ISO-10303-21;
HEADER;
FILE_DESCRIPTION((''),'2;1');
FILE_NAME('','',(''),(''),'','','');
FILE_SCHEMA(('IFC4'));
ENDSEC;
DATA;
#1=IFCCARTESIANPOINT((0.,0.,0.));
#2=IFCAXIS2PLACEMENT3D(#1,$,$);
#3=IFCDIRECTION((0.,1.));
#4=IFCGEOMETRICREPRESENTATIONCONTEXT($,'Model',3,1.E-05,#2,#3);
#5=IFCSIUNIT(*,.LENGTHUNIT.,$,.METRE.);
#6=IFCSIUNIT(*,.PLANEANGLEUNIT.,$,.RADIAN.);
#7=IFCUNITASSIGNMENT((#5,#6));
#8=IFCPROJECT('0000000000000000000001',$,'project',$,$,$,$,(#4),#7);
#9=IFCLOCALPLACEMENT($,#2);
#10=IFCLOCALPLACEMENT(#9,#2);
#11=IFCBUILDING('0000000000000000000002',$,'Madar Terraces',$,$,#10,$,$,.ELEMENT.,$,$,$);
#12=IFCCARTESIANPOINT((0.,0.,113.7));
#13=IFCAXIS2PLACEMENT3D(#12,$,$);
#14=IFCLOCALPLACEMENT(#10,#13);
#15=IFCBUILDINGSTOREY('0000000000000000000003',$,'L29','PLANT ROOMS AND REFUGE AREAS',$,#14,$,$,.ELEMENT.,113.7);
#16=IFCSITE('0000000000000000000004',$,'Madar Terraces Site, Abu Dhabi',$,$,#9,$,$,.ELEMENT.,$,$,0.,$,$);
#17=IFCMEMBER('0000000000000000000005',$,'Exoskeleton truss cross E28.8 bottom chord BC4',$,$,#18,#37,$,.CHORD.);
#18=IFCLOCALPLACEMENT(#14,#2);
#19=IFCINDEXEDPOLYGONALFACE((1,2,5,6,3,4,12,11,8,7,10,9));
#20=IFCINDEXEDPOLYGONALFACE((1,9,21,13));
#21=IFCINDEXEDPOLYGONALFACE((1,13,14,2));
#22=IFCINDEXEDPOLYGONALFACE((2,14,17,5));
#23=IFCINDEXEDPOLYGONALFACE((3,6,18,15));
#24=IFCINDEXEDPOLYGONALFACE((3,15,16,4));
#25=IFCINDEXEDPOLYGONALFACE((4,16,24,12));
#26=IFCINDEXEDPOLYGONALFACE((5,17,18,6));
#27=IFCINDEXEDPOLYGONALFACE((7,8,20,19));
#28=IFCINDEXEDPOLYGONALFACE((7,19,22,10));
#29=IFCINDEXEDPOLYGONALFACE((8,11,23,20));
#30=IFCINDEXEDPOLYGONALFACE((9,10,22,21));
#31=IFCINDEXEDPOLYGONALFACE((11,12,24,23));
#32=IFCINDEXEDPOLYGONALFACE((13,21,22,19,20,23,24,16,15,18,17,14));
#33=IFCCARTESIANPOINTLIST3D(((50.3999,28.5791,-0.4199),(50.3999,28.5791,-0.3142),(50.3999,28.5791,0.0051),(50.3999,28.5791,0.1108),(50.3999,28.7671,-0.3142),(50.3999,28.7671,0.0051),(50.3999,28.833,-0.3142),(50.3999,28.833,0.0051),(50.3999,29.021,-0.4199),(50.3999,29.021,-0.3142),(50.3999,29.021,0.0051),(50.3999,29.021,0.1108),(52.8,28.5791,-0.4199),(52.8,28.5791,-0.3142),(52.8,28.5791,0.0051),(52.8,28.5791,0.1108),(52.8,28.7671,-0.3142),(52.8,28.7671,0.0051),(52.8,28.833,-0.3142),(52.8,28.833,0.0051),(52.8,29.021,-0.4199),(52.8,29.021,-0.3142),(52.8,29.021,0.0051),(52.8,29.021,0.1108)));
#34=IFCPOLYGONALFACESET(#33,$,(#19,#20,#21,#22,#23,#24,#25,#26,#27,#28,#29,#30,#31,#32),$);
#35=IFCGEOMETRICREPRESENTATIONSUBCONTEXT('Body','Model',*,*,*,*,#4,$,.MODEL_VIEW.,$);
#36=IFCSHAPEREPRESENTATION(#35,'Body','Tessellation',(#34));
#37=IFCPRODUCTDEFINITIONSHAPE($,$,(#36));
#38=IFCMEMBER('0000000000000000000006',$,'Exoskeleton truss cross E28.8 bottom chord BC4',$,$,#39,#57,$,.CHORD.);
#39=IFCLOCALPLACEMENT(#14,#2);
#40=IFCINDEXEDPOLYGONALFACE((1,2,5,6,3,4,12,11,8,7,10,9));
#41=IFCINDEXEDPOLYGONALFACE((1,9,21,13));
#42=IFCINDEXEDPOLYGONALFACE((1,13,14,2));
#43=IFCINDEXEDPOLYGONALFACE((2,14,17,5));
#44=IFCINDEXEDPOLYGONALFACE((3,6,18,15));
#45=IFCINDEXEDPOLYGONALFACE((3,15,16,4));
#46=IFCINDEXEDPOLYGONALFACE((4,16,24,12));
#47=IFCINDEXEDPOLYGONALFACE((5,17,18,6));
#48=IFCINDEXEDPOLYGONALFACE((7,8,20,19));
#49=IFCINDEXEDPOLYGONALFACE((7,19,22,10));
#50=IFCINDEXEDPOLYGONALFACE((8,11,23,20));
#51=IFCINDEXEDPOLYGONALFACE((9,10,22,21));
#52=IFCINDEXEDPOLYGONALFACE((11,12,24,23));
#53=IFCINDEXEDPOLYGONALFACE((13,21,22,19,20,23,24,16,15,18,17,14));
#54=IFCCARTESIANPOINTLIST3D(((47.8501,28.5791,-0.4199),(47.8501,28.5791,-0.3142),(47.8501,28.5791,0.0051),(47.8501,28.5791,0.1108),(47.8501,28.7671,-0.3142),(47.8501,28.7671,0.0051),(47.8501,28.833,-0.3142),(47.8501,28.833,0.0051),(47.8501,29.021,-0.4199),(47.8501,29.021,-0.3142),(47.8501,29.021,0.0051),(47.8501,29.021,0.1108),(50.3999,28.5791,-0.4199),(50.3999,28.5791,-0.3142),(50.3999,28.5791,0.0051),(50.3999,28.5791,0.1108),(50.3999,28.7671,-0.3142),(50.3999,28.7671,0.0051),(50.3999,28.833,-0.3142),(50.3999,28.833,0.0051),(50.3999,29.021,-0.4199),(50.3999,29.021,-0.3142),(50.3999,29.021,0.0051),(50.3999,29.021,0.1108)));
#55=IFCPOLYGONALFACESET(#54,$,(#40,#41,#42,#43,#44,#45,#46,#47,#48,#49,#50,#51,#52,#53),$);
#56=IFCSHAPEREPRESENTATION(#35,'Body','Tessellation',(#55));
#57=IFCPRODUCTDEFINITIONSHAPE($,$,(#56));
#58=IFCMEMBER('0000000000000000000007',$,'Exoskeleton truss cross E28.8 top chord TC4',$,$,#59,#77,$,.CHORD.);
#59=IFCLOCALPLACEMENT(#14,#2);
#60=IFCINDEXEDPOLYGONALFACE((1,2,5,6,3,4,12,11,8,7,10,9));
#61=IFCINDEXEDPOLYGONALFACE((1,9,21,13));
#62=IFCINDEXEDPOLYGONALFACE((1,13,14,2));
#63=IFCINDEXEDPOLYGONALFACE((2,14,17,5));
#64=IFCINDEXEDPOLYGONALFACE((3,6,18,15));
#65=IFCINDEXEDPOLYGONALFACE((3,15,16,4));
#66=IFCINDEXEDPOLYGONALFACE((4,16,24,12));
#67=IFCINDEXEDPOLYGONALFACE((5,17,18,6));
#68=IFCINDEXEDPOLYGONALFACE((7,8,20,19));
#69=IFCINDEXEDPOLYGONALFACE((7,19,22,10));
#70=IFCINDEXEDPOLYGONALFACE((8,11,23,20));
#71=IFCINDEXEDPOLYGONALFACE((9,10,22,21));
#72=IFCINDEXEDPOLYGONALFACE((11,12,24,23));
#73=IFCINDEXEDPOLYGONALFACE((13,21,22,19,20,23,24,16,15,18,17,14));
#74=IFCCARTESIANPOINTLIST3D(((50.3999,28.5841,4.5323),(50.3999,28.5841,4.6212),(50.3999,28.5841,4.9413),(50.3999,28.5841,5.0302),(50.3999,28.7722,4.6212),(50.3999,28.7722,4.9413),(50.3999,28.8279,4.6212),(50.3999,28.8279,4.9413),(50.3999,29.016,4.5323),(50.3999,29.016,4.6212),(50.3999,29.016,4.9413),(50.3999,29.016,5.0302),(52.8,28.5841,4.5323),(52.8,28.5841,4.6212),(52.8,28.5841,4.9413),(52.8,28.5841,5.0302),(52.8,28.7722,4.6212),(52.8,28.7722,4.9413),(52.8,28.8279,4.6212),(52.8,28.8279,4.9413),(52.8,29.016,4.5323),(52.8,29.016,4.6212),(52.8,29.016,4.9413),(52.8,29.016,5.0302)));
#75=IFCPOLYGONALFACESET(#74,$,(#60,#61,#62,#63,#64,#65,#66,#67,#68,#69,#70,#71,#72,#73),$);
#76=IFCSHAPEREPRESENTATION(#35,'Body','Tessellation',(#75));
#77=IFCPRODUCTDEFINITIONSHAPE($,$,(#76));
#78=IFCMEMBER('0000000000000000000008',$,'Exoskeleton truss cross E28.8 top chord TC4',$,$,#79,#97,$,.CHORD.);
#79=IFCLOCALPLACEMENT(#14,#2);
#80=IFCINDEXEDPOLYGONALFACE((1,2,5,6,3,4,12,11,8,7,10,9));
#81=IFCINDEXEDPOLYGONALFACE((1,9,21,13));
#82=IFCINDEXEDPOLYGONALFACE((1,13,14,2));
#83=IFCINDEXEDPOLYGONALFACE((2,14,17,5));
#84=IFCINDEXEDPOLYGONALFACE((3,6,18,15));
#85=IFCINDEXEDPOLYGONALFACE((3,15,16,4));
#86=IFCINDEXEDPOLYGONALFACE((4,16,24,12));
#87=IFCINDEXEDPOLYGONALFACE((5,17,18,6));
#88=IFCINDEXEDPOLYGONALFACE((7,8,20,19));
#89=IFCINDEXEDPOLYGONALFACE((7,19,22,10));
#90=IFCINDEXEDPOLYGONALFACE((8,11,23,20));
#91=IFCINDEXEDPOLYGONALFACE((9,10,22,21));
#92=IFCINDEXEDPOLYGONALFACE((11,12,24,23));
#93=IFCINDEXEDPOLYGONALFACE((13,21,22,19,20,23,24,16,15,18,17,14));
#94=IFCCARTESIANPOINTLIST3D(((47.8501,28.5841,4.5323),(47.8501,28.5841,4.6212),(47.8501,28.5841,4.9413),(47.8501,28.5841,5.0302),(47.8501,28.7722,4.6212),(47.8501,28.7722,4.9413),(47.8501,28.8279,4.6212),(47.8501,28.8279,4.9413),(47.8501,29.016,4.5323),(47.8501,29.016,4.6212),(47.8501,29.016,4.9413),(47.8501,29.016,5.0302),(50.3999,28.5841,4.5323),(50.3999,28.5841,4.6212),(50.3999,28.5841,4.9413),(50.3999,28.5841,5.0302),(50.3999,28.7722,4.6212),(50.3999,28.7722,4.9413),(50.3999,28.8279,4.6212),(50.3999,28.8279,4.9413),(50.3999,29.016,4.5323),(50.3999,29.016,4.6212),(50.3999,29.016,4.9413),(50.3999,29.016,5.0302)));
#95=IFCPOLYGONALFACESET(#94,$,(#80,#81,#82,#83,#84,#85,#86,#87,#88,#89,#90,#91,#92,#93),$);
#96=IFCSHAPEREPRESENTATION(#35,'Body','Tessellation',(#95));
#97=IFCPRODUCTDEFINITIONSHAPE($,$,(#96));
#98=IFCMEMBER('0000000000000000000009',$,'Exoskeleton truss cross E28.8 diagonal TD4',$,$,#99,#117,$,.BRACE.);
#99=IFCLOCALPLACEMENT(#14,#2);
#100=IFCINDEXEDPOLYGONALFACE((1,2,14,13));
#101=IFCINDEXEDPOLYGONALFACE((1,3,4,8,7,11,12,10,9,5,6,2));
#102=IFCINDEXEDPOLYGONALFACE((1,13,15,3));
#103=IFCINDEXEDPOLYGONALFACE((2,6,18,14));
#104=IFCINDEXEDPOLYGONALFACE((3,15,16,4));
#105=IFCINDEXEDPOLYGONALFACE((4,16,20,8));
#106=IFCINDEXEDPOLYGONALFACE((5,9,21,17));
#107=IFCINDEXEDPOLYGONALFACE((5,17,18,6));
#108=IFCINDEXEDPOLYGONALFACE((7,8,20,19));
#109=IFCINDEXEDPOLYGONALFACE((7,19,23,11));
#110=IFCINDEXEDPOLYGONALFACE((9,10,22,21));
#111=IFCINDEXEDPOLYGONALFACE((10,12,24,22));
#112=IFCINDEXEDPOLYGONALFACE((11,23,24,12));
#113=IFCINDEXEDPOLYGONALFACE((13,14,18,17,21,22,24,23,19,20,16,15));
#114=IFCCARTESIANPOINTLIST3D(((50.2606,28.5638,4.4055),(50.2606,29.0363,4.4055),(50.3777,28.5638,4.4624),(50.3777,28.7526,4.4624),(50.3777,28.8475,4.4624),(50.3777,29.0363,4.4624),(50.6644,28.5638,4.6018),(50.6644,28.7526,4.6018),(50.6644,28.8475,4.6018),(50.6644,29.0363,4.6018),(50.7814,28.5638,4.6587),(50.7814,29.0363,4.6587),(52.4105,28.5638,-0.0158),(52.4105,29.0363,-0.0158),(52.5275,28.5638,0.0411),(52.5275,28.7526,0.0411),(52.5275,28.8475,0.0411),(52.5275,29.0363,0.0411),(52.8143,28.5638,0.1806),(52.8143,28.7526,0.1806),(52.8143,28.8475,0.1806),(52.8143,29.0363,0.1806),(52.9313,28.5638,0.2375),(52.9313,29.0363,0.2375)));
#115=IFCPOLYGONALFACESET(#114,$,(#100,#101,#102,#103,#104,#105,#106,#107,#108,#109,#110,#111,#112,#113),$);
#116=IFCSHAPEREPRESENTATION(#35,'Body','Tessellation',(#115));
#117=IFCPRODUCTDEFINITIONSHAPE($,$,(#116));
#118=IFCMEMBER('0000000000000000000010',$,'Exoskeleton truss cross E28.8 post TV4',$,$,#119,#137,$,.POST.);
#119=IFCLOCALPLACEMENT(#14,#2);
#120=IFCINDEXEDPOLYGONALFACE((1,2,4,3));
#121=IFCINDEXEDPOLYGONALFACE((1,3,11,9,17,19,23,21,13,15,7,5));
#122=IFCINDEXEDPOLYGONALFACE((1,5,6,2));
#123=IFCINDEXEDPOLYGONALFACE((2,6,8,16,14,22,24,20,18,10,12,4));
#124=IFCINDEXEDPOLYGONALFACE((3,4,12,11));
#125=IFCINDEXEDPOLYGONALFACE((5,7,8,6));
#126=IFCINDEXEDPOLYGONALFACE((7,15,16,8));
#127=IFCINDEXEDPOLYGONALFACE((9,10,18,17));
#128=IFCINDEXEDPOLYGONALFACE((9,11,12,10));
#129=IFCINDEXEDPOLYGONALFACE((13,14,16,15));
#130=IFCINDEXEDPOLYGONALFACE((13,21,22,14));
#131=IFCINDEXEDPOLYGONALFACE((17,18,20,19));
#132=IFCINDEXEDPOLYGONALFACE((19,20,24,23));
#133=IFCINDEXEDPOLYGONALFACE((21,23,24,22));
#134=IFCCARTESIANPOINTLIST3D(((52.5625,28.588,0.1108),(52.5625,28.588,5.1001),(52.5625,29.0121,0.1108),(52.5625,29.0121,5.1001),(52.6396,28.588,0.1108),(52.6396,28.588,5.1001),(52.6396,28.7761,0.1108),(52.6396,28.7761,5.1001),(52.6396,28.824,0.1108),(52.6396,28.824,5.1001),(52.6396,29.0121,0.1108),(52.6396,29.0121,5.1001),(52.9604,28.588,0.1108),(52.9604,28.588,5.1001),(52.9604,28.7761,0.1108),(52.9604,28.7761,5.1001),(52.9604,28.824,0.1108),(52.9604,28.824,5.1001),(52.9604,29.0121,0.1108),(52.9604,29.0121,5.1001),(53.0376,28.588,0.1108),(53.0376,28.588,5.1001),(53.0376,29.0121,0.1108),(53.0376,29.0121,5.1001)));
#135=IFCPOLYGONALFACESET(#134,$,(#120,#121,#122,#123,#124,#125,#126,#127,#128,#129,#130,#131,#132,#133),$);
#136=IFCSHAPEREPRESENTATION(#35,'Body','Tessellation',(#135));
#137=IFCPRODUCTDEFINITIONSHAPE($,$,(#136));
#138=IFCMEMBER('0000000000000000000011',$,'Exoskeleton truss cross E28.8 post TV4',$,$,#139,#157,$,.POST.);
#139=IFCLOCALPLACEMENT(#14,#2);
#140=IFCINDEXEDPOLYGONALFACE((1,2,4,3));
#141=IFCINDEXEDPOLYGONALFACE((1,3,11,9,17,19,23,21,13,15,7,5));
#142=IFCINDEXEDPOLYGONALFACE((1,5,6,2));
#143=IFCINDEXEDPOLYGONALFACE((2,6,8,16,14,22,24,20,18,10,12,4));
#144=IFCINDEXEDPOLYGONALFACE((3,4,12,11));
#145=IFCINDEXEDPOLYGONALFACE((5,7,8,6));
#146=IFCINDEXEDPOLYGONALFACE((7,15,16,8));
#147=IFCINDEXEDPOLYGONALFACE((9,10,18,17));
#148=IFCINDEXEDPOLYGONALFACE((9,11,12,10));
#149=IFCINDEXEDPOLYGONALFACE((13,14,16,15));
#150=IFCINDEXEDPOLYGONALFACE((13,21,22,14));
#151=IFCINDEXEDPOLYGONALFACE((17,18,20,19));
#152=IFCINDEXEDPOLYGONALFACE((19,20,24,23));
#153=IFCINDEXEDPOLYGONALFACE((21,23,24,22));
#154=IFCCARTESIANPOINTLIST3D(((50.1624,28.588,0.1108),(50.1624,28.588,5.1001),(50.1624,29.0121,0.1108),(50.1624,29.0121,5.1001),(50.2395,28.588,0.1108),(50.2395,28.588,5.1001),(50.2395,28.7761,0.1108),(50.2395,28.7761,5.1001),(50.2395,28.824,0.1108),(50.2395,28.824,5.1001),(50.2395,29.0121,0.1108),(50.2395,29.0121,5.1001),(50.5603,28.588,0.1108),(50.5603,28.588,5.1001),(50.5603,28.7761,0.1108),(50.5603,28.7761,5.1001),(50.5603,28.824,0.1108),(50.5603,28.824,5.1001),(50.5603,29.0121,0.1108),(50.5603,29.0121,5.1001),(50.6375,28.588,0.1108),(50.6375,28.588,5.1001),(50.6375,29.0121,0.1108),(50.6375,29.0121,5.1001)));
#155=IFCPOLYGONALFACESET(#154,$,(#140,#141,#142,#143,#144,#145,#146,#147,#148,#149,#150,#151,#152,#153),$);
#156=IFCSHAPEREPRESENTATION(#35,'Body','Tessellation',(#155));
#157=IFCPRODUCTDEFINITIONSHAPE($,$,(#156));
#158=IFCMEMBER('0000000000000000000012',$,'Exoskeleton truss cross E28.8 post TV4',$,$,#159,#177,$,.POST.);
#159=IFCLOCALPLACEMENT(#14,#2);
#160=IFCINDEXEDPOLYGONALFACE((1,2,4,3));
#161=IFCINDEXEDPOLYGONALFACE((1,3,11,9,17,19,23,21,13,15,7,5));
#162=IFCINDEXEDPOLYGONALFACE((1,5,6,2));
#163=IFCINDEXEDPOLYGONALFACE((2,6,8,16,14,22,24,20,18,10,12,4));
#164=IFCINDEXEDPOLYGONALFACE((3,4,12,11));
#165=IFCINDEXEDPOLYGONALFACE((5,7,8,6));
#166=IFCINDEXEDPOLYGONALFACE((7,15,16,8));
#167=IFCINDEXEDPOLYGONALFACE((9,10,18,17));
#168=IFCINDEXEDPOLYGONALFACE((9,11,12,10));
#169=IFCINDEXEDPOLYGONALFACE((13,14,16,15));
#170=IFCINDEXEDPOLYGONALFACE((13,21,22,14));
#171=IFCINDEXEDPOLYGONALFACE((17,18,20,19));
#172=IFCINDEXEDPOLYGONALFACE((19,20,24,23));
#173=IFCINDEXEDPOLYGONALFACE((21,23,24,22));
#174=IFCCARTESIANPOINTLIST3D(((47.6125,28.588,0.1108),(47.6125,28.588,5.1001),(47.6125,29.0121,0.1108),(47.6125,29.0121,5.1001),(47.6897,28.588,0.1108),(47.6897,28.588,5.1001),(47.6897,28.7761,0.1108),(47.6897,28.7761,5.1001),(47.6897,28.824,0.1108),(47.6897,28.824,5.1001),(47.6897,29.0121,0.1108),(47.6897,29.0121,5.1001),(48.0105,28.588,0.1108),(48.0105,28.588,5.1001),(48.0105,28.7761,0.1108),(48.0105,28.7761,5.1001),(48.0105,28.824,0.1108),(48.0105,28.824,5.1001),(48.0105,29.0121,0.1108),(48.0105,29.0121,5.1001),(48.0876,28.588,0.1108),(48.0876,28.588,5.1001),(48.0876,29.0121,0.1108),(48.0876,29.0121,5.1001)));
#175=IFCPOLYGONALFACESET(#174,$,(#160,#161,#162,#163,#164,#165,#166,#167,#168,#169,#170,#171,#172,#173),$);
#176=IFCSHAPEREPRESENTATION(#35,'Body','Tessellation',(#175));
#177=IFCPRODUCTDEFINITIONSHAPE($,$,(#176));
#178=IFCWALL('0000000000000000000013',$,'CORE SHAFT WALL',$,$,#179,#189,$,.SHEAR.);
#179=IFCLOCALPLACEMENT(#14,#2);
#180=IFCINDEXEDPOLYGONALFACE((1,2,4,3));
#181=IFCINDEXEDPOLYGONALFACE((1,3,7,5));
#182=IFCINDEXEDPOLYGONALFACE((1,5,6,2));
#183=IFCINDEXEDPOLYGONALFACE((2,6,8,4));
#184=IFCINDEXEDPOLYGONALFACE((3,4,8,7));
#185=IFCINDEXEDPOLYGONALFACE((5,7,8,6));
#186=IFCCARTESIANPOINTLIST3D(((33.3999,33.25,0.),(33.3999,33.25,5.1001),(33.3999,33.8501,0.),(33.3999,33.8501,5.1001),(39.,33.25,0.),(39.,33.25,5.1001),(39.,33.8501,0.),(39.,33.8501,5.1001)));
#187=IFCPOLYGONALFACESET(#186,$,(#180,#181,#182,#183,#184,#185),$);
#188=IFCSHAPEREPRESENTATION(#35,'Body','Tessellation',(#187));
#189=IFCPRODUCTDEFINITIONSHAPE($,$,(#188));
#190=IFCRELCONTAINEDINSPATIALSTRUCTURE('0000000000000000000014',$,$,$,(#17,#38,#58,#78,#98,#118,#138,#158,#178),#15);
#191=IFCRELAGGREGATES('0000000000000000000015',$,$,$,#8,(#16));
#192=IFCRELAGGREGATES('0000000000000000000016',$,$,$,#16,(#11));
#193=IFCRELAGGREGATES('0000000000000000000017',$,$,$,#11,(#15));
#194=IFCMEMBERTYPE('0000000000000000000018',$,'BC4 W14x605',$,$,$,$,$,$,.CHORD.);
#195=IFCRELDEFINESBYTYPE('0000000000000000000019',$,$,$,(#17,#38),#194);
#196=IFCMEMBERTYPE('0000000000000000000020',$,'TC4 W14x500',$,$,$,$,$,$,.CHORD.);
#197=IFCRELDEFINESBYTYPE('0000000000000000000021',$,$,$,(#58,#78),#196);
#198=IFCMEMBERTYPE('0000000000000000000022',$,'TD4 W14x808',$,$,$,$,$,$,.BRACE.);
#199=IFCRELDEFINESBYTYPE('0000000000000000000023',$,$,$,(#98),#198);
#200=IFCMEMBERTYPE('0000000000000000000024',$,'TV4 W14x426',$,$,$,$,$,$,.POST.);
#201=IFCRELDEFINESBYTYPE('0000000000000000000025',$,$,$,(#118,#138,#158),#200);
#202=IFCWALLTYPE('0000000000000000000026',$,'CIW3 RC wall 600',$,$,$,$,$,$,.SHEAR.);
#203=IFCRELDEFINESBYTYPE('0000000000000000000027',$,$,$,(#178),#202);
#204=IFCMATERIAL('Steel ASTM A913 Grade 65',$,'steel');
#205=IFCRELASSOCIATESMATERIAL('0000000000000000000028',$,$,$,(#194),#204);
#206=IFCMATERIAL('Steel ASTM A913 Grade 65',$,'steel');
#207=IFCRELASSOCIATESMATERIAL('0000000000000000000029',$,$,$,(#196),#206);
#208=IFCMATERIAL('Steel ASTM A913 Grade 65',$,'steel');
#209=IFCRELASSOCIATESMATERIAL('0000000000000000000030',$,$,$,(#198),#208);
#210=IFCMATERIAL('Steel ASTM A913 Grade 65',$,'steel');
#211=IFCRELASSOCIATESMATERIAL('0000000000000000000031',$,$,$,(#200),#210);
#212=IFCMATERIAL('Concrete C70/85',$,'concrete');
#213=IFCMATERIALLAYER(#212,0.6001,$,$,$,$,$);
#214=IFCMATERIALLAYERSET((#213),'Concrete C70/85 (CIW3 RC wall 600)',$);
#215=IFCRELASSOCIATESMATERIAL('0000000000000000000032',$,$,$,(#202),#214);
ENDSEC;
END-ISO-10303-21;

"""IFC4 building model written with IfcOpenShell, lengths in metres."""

from ifc_helpers import new_model, si_unit, direction, frame, frame_2d, origin, origin_2d, place, context, subcontext, project, spatial, rectangle, i_section, extrude, material, layer, layer_set, material_profile, profile_set, type_object, element, save


model = new_model("IFC4")

# Units and contexts
model_context = context("Model", 3, precision=1e-05, world=origin(), true_north=direction((0.0, 1.0)))
body_context = subcontext(model_context, "Body", "Model", "MODEL_VIEW")
ifc_project = project(units=[si_unit("LENGTHUNIT", "METRE"), si_unit("PLANEANGLEUNIT", "RADIAN")], contexts=[model_context])

# Site, building, storey
site_placement = place(None, origin())
site = spatial("IfcSite", under=ifc_project, at=site_placement, Name="Madar Terraces Site, Abu Dhabi", CompositionType="ELEMENT", RefElevation=0.0)
building_placement = place(site_placement, origin())
building = spatial("IfcBuilding", under=site, at=building_placement, Name="Madar Terraces", CompositionType="ELEMENT")
storey_placement = place(building_placement, frame((0.0, 0.0, 113.7)))
storey = spatial("IfcBuildingStorey", under=building, at=storey_placement, Name="L29", Description="PLANT ROOMS AND REFUGE AREAS", CompositionType="ELEMENT", Elevation=113.7)

# Members
ifc_material_1 = material(Name="Steel ASTM A913 Grade 65", Category="steel")
ifc_material_profile_1 = material_profile(ifc_material_1, i_section(OverallWidth=0.4419, OverallDepth=0.5308, WebThickness=0.0659, FlangeThickness=0.1057, at=origin_2d()), Name="W14x605")
ifc_profile_set_1 = profile_set([ifc_material_profile_1], Name="Steel ASTM A913 Grade 65")
member_type_1 = type_object("IfcMemberType", Name="BC4 W14x605", PredefinedType="CHORD", material=ifc_profile_set_1)
member_1_placement = place(storey_placement, frame((52.8, 28.8, -0.1545), z_axis=(-1.0, 0.0, 0.0), x_axis=(0.0, -1.0, 0.0)))
element("IfcMember", 1, at=member_1_placement, inside=storey, type_object=member_type_1, Name="Exoskeleton truss cross E28.8 bottom chord BC4", PredefinedType="CHORD", context=body_context, shape_type="SweptSolid", body=[
    extrude(i_section(OverallWidth=0.4419, OverallDepth=0.5308, WebThickness=0.0659, FlangeThickness=0.1057, at=origin_2d()), origin(), (0.0, 0.0, 1.0), 2.4001),
])
member_2_placement = place(storey_placement, frame((50.3999, 28.8, -0.1545), z_axis=(-1.0, 0.0, 0.0), x_axis=(0.0, -1.0, 0.0)))
element("IfcMember", 2, at=member_2_placement, inside=storey, type_object=member_type_1, Name="Exoskeleton truss cross E28.8 bottom chord BC4", PredefinedType="CHORD", context=body_context, shape_type="SweptSolid", body=[
    extrude(i_section(OverallWidth=0.4419, OverallDepth=0.5308, WebThickness=0.0659, FlangeThickness=0.1057, at=origin_2d()), origin(), (0.0, 0.0, 1.0), 2.5498),
])
ifc_material_2 = material(Name="Steel ASTM A913 Grade 65", Category="steel")
ifc_material_profile_2 = material_profile(ifc_material_2, i_section(OverallWidth=0.4319, OverallDepth=0.4978, WebThickness=0.0557, FlangeThickness=0.0889, at=origin_2d()), Name="W14x500")
ifc_profile_set_2 = profile_set([ifc_material_profile_2], Name="Steel ASTM A913 Grade 65")
member_type_2 = type_object("IfcMemberType", Name="TC4 W14x500", PredefinedType="CHORD", material=ifc_profile_set_2)
member_3_placement = place(storey_placement, frame((52.8, 28.8, 4.7812), z_axis=(-1.0, 0.0, 0.0), x_axis=(0.0, -1.0, 0.0)))
element("IfcMember", 3, at=member_3_placement, inside=storey, type_object=member_type_2, Name="Exoskeleton truss cross E28.8 top chord TC4", PredefinedType="CHORD", context=body_context, shape_type="SweptSolid", body=[
    extrude(i_section(OverallWidth=0.4319, OverallDepth=0.4978, WebThickness=0.0557, FlangeThickness=0.0889, at=origin_2d()), origin(), (0.0, 0.0, 1.0), 2.4001),
])
member_4_placement = place(storey_placement, frame((50.3999, 28.8, 4.7812), z_axis=(-1.0, 0.0, 0.0), x_axis=(0.0, -1.0, 0.0)))
element("IfcMember", 4, at=member_4_placement, inside=storey, type_object=member_type_2, Name="Exoskeleton truss cross E28.8 top chord TC4", PredefinedType="CHORD", context=body_context, shape_type="SweptSolid", body=[
    extrude(i_section(OverallWidth=0.4319, OverallDepth=0.4978, WebThickness=0.0557, FlangeThickness=0.0889, at=origin_2d()), origin(), (0.0, 0.0, 1.0), 2.5498),
])
ifc_material_3 = material(Name="Steel ASTM A913 Grade 65", Category="steel")
ifc_material_profile_3 = material_profile(ifc_material_3, i_section(OverallWidth=0.4724, OverallDepth=0.5791, WebThickness=0.095, FlangeThickness=0.1301, at=origin_2d()), Name="W14x808")
ifc_profile_set_3 = profile_set([ifc_material_profile_3], Name="Steel ASTM A913 Grade 65")
member_type_3 = type_object("IfcMemberType", Name="TD4 W14x808", PredefinedType="BRACE", material=ifc_profile_set_3)
member_5_placement = place(storey_placement, frame((52.6709, 28.8, 0.1108), z_axis=(-0.437294, 0.0, 0.899318), x_axis=(0.0, -1.0, 0.0)))
element("IfcMember", 5, at=member_5_placement, inside=storey, type_object=member_type_3, Name="Exoskeleton truss cross E28.8 diagonal TD4", PredefinedType="BRACE", context=body_context, shape_type="SweptSolid", body=[
    extrude(i_section(OverallWidth=0.4724, OverallDepth=0.5791, WebThickness=0.095, FlangeThickness=0.1301, at=origin_2d()), origin(), (0.0, 0.0, 1.0), 4.9163),
])
ifc_material_4 = material(Name="Steel ASTM A913 Grade 65", Category="steel")
ifc_material_profile_4 = material_profile(ifc_material_4, i_section(OverallWidth=0.4241, OverallDepth=0.4751, WebThickness=0.0479, FlangeThickness=0.0771, at=origin_2d()), Name="W14x426")
ifc_profile_set_4 = profile_set([ifc_material_profile_4], Name="Steel ASTM A913 Grade 65")
member_type_4 = type_object("IfcMemberType", Name="TV4 W14x426", PredefinedType="POST", material=ifc_profile_set_4)
for number, where, z_axis, x_axis, name in (
    (6, (52.8, 28.8, 0.1108), (0.0, 0.0, 1.0), (0.0, 1.0, 0.0), "Exoskeleton truss cross E28.8 post TV4"),
    (7, (50.3999, 28.8, 0.1108), (0.0, 0.0, 1.0), (0.0, 1.0, 0.0), "Exoskeleton truss cross E28.8 post TV4"),
    (8, (47.8501, 28.8, 0.1108), (0.0, 0.0, 1.0), (0.0, 1.0, 0.0), "Exoskeleton truss cross E28.8 post TV4"),
):
    element("IfcMember", number, at=place(storey_placement, frame(where, z_axis=z_axis, x_axis=x_axis)), inside=storey, type_object=member_type_4, Name=name, PredefinedType="POST", context=body_context, shape_type="SweptSolid", body=[
        extrude(i_section(OverallWidth=0.4241, OverallDepth=0.4751, WebThickness=0.0479, FlangeThickness=0.0771, at=origin_2d()), origin(), (0.0, 0.0, 1.0), 4.9893),
    ])

# Wall
ifc_material_5 = material(Name="Concrete C70/85", Category="concrete")
ifc_layer_1 = layer(ifc_material_5, 0.6001)
ifc_layer_set_1 = layer_set([ifc_layer_1], Name="Concrete C70/85 (CIW3 RC wall 600)")
wall_type_1 = type_object("IfcWallType", Name="CIW3 RC wall 600", PredefinedType="SHEAR", material=ifc_layer_set_1)
wall_1_placement = place(storey_placement, frame((33.3999, 33.55, 0.0), z_axis=(0.0, 0.0, 1.0), x_axis=(1.0, 0.0, 0.0)))
element("IfcWall", 9, at=wall_1_placement, inside=storey, type_object=wall_type_1, Name="CORE SHAFT WALL", PredefinedType="SHEAR", context=body_context, shape_type="SweptSolid", body=[
    extrude(rectangle(XDim=5.6001, YDim=0.6001, at=frame_2d((2.8, 0.0))), origin(), (0.0, 0.0, 1.0), 5.1001),
])

save(model, "model.ifc")
